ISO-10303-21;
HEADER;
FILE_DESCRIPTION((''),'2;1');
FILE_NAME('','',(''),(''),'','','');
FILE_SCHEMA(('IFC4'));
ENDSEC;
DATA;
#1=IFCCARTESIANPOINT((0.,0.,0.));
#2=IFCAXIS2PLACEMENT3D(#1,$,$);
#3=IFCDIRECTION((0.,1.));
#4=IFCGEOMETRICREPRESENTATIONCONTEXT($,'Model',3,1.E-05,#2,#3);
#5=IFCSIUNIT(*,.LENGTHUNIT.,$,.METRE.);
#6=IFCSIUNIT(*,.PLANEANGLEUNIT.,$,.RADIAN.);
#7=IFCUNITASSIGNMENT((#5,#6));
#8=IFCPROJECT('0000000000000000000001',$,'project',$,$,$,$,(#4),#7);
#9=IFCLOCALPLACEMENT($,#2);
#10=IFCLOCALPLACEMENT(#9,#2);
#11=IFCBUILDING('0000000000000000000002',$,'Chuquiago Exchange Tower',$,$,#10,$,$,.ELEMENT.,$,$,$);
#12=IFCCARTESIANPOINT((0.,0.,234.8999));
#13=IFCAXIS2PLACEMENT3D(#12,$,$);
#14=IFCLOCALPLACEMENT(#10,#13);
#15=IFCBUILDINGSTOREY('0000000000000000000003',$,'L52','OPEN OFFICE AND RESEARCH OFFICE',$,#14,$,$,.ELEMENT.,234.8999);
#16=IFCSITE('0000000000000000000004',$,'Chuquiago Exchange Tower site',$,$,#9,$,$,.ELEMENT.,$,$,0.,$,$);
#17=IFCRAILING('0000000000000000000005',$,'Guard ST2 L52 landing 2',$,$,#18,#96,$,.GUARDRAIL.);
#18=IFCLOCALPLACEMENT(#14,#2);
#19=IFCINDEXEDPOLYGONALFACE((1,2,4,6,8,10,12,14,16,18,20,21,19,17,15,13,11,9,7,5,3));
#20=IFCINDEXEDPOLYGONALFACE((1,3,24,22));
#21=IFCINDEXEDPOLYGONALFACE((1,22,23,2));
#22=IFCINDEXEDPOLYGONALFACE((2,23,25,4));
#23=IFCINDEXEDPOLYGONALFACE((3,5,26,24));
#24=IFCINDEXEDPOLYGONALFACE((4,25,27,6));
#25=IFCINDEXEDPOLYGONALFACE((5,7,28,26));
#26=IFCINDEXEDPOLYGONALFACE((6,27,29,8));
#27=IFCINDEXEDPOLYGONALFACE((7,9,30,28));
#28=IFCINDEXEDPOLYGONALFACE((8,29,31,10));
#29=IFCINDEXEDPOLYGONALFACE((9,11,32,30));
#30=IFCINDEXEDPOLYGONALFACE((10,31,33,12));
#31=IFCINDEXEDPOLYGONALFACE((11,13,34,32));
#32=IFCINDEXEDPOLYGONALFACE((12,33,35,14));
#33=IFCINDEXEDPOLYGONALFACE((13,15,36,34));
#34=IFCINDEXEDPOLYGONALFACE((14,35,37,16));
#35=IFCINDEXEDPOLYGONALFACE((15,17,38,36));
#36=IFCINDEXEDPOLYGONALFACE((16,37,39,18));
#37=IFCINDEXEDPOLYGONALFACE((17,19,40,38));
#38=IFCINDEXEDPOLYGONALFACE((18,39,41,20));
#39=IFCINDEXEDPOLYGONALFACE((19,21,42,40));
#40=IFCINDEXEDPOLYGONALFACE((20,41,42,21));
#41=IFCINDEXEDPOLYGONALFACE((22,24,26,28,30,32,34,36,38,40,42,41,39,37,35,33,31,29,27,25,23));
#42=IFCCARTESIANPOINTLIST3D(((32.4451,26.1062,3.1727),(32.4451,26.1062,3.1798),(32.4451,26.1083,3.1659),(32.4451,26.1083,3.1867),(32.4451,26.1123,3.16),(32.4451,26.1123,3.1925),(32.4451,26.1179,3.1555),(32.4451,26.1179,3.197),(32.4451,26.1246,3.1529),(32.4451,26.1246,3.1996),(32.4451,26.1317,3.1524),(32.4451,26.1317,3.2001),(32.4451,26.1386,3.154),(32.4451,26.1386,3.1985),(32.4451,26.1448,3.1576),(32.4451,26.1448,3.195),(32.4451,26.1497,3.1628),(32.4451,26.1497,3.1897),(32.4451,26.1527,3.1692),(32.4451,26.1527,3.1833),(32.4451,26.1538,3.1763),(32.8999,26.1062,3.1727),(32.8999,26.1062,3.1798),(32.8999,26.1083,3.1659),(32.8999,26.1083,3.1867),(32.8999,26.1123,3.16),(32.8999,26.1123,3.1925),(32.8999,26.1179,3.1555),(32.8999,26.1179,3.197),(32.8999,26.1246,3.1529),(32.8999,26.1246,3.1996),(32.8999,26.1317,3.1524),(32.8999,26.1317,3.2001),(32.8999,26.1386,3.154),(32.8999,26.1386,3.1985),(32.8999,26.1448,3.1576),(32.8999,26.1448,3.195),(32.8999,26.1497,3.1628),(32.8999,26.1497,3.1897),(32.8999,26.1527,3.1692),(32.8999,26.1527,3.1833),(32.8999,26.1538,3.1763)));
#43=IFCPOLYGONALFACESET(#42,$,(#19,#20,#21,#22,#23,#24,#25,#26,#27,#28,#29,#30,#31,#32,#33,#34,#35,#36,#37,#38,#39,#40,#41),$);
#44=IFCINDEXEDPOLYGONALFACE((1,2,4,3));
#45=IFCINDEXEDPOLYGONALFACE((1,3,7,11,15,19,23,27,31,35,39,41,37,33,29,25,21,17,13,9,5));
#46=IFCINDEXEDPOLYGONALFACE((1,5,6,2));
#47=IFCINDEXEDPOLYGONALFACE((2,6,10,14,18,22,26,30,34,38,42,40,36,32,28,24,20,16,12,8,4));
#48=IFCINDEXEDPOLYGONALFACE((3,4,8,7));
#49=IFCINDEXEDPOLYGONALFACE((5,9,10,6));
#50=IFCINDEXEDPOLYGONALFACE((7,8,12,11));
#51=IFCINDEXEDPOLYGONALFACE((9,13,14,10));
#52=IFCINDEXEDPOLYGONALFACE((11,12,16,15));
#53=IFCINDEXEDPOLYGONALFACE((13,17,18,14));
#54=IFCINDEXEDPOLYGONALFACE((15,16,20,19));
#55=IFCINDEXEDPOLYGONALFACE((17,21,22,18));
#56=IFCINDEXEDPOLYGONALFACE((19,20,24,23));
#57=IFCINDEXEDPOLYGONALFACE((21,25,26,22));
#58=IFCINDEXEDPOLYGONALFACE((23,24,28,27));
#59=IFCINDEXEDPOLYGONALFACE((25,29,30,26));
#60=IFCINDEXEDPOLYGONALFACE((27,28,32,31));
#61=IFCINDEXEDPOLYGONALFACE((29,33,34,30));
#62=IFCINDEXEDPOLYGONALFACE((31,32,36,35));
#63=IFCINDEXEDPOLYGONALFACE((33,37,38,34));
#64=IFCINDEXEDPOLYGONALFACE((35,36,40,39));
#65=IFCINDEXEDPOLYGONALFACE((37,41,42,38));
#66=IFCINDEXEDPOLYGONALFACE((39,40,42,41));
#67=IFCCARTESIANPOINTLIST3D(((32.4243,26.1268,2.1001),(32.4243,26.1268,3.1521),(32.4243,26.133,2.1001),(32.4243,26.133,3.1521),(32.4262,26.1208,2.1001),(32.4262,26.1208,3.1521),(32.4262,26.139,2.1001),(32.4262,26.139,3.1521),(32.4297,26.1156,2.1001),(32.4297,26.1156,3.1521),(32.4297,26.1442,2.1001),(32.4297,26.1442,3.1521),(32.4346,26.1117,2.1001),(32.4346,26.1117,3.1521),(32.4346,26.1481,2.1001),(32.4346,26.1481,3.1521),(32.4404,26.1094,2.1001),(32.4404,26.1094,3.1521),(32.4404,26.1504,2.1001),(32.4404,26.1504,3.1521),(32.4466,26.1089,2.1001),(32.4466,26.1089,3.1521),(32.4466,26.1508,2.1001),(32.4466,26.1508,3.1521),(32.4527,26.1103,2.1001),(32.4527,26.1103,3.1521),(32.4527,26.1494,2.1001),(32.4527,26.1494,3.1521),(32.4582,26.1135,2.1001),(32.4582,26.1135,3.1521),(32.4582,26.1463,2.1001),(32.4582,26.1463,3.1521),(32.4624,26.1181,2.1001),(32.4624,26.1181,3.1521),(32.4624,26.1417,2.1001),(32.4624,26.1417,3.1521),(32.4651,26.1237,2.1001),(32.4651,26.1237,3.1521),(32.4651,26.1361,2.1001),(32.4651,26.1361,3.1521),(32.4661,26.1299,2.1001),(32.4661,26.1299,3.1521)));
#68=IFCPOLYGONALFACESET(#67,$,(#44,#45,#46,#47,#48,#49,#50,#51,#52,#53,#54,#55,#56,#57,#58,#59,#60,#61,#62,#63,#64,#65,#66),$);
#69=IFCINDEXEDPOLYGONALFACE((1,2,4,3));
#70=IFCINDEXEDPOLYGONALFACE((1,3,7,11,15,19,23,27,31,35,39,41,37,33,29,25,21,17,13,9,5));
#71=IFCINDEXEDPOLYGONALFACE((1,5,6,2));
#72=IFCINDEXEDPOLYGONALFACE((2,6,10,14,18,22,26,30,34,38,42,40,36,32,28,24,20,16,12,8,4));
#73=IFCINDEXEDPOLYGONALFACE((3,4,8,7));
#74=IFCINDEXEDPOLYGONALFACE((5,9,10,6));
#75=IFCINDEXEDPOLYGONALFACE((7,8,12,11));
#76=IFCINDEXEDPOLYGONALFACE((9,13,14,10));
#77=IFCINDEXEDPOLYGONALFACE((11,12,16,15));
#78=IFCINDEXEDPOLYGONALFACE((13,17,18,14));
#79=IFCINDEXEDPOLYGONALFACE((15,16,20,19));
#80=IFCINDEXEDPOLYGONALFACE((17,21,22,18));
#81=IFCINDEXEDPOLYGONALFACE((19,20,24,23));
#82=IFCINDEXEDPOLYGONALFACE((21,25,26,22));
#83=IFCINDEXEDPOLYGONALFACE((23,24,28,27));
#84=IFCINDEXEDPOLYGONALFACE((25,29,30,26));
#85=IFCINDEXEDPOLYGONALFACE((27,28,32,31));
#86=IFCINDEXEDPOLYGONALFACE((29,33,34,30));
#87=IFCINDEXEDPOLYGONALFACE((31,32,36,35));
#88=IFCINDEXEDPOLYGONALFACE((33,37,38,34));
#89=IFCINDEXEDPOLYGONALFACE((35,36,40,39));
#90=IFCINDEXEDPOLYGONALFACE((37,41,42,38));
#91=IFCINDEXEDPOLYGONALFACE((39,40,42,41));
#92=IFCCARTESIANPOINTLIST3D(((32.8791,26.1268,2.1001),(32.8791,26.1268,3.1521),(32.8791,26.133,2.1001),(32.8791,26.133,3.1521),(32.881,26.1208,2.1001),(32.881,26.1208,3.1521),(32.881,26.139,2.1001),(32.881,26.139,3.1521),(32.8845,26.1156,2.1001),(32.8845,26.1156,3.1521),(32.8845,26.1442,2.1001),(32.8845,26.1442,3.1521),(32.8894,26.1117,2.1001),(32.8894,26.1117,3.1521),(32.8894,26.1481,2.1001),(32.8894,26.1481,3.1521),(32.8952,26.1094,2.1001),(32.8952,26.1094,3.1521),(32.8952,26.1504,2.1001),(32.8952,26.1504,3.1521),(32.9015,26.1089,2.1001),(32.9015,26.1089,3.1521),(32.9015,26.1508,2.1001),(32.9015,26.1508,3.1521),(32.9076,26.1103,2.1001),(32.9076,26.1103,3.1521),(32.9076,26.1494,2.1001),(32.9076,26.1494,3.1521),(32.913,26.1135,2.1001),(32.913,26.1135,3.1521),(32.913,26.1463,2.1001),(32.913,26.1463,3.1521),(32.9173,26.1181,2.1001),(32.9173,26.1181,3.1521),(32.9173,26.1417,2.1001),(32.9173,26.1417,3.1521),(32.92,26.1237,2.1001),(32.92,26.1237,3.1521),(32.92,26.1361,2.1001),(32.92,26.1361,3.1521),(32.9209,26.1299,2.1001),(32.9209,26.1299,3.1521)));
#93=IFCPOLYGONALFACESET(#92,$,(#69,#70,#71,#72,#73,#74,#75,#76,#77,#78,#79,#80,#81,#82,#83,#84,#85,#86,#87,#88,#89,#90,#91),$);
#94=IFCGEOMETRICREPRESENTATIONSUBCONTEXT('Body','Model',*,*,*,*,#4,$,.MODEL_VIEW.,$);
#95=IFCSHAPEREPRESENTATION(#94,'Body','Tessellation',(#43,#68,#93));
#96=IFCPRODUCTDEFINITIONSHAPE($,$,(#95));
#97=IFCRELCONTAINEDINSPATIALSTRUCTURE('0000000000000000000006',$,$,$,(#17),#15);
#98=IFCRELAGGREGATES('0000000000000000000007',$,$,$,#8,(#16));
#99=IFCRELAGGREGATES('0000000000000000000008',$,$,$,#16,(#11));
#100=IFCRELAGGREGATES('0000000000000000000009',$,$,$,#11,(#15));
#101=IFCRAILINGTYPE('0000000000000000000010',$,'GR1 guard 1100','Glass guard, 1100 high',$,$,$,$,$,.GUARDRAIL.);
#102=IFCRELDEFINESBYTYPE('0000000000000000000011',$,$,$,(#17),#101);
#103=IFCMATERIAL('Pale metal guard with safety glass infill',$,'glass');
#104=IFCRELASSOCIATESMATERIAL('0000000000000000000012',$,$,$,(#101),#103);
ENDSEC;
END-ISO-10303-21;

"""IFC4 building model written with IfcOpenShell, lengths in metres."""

from ifc_helpers import new_model, si_unit, direction, frame, origin, origin_2d, place, context, subcontext, project, spatial, circle, extrude, material, type_object, element, save


model = new_model("IFC4")

# Units and contexts
model_context = context("Model", 3, precision=1e-05, world=origin(), true_north=direction((0.0, 1.0)))
body_context = subcontext(model_context, "Body", "Model", "MODEL_VIEW")
ifc_project = project(units=[si_unit("LENGTHUNIT", "METRE"), si_unit("PLANEANGLEUNIT", "RADIAN")], contexts=[model_context])

# Site, building, storey
site_placement = place(None, origin())
site = spatial("IfcSite", under=ifc_project, at=site_placement, Name="Chuquiago Exchange Tower site", CompositionType="ELEMENT", RefElevation=0.0)
building_placement = place(site_placement, origin())
building = spatial("IfcBuilding", under=site, at=building_placement, Name="Chuquiago Exchange Tower", CompositionType="ELEMENT")
storey_placement = place(building_placement, frame((0.0, 0.0, 234.8999)))
storey = spatial("IfcBuildingStorey", under=building, at=storey_placement, Name="L52", Description="OPEN OFFICE AND RESEARCH OFFICE", CompositionType="ELEMENT", Elevation=234.8999)

# Railing
ifc_material_1 = material(Name="Pale metal guard with safety glass infill", Category="glass")
railing_type_1 = type_object("IfcRailingType", Name="GR1 guard 1100", Description="Glass guard, 1100 high", PredefinedType="GUARDRAIL", material=ifc_material_1)
railing_1_placement = place(storey_placement, frame((32.4451, 26.1299, 2.1001)))
element("IfcRailing", 1, at=railing_1_placement, inside=storey, type_object=railing_type_1, Name="Guard ST2 L52 landing 2", PredefinedType="GUARDRAIL", context=body_context, shape_type="SweptSolid", body=[
    extrude(circle(Radius=0.0239, at=origin_2d()), frame((0.0, 0.0, 1.0762), z_axis=(1.0, 0.0, 0.0), x_axis=(0.0, 1.0, 0.0)), (0.0, 0.0, 1.0), 0.4548),
    extrude(circle(Radius=0.021, at=origin_2d()), origin(), (0.0, 0.0, 1.0), 1.052),
    extrude(circle(Radius=0.021, at=origin_2d()), frame((0.4548, 0.0, 0.0)), (0.0, 0.0, 1.0), 1.052),
])

save(model, "model.ifc")
